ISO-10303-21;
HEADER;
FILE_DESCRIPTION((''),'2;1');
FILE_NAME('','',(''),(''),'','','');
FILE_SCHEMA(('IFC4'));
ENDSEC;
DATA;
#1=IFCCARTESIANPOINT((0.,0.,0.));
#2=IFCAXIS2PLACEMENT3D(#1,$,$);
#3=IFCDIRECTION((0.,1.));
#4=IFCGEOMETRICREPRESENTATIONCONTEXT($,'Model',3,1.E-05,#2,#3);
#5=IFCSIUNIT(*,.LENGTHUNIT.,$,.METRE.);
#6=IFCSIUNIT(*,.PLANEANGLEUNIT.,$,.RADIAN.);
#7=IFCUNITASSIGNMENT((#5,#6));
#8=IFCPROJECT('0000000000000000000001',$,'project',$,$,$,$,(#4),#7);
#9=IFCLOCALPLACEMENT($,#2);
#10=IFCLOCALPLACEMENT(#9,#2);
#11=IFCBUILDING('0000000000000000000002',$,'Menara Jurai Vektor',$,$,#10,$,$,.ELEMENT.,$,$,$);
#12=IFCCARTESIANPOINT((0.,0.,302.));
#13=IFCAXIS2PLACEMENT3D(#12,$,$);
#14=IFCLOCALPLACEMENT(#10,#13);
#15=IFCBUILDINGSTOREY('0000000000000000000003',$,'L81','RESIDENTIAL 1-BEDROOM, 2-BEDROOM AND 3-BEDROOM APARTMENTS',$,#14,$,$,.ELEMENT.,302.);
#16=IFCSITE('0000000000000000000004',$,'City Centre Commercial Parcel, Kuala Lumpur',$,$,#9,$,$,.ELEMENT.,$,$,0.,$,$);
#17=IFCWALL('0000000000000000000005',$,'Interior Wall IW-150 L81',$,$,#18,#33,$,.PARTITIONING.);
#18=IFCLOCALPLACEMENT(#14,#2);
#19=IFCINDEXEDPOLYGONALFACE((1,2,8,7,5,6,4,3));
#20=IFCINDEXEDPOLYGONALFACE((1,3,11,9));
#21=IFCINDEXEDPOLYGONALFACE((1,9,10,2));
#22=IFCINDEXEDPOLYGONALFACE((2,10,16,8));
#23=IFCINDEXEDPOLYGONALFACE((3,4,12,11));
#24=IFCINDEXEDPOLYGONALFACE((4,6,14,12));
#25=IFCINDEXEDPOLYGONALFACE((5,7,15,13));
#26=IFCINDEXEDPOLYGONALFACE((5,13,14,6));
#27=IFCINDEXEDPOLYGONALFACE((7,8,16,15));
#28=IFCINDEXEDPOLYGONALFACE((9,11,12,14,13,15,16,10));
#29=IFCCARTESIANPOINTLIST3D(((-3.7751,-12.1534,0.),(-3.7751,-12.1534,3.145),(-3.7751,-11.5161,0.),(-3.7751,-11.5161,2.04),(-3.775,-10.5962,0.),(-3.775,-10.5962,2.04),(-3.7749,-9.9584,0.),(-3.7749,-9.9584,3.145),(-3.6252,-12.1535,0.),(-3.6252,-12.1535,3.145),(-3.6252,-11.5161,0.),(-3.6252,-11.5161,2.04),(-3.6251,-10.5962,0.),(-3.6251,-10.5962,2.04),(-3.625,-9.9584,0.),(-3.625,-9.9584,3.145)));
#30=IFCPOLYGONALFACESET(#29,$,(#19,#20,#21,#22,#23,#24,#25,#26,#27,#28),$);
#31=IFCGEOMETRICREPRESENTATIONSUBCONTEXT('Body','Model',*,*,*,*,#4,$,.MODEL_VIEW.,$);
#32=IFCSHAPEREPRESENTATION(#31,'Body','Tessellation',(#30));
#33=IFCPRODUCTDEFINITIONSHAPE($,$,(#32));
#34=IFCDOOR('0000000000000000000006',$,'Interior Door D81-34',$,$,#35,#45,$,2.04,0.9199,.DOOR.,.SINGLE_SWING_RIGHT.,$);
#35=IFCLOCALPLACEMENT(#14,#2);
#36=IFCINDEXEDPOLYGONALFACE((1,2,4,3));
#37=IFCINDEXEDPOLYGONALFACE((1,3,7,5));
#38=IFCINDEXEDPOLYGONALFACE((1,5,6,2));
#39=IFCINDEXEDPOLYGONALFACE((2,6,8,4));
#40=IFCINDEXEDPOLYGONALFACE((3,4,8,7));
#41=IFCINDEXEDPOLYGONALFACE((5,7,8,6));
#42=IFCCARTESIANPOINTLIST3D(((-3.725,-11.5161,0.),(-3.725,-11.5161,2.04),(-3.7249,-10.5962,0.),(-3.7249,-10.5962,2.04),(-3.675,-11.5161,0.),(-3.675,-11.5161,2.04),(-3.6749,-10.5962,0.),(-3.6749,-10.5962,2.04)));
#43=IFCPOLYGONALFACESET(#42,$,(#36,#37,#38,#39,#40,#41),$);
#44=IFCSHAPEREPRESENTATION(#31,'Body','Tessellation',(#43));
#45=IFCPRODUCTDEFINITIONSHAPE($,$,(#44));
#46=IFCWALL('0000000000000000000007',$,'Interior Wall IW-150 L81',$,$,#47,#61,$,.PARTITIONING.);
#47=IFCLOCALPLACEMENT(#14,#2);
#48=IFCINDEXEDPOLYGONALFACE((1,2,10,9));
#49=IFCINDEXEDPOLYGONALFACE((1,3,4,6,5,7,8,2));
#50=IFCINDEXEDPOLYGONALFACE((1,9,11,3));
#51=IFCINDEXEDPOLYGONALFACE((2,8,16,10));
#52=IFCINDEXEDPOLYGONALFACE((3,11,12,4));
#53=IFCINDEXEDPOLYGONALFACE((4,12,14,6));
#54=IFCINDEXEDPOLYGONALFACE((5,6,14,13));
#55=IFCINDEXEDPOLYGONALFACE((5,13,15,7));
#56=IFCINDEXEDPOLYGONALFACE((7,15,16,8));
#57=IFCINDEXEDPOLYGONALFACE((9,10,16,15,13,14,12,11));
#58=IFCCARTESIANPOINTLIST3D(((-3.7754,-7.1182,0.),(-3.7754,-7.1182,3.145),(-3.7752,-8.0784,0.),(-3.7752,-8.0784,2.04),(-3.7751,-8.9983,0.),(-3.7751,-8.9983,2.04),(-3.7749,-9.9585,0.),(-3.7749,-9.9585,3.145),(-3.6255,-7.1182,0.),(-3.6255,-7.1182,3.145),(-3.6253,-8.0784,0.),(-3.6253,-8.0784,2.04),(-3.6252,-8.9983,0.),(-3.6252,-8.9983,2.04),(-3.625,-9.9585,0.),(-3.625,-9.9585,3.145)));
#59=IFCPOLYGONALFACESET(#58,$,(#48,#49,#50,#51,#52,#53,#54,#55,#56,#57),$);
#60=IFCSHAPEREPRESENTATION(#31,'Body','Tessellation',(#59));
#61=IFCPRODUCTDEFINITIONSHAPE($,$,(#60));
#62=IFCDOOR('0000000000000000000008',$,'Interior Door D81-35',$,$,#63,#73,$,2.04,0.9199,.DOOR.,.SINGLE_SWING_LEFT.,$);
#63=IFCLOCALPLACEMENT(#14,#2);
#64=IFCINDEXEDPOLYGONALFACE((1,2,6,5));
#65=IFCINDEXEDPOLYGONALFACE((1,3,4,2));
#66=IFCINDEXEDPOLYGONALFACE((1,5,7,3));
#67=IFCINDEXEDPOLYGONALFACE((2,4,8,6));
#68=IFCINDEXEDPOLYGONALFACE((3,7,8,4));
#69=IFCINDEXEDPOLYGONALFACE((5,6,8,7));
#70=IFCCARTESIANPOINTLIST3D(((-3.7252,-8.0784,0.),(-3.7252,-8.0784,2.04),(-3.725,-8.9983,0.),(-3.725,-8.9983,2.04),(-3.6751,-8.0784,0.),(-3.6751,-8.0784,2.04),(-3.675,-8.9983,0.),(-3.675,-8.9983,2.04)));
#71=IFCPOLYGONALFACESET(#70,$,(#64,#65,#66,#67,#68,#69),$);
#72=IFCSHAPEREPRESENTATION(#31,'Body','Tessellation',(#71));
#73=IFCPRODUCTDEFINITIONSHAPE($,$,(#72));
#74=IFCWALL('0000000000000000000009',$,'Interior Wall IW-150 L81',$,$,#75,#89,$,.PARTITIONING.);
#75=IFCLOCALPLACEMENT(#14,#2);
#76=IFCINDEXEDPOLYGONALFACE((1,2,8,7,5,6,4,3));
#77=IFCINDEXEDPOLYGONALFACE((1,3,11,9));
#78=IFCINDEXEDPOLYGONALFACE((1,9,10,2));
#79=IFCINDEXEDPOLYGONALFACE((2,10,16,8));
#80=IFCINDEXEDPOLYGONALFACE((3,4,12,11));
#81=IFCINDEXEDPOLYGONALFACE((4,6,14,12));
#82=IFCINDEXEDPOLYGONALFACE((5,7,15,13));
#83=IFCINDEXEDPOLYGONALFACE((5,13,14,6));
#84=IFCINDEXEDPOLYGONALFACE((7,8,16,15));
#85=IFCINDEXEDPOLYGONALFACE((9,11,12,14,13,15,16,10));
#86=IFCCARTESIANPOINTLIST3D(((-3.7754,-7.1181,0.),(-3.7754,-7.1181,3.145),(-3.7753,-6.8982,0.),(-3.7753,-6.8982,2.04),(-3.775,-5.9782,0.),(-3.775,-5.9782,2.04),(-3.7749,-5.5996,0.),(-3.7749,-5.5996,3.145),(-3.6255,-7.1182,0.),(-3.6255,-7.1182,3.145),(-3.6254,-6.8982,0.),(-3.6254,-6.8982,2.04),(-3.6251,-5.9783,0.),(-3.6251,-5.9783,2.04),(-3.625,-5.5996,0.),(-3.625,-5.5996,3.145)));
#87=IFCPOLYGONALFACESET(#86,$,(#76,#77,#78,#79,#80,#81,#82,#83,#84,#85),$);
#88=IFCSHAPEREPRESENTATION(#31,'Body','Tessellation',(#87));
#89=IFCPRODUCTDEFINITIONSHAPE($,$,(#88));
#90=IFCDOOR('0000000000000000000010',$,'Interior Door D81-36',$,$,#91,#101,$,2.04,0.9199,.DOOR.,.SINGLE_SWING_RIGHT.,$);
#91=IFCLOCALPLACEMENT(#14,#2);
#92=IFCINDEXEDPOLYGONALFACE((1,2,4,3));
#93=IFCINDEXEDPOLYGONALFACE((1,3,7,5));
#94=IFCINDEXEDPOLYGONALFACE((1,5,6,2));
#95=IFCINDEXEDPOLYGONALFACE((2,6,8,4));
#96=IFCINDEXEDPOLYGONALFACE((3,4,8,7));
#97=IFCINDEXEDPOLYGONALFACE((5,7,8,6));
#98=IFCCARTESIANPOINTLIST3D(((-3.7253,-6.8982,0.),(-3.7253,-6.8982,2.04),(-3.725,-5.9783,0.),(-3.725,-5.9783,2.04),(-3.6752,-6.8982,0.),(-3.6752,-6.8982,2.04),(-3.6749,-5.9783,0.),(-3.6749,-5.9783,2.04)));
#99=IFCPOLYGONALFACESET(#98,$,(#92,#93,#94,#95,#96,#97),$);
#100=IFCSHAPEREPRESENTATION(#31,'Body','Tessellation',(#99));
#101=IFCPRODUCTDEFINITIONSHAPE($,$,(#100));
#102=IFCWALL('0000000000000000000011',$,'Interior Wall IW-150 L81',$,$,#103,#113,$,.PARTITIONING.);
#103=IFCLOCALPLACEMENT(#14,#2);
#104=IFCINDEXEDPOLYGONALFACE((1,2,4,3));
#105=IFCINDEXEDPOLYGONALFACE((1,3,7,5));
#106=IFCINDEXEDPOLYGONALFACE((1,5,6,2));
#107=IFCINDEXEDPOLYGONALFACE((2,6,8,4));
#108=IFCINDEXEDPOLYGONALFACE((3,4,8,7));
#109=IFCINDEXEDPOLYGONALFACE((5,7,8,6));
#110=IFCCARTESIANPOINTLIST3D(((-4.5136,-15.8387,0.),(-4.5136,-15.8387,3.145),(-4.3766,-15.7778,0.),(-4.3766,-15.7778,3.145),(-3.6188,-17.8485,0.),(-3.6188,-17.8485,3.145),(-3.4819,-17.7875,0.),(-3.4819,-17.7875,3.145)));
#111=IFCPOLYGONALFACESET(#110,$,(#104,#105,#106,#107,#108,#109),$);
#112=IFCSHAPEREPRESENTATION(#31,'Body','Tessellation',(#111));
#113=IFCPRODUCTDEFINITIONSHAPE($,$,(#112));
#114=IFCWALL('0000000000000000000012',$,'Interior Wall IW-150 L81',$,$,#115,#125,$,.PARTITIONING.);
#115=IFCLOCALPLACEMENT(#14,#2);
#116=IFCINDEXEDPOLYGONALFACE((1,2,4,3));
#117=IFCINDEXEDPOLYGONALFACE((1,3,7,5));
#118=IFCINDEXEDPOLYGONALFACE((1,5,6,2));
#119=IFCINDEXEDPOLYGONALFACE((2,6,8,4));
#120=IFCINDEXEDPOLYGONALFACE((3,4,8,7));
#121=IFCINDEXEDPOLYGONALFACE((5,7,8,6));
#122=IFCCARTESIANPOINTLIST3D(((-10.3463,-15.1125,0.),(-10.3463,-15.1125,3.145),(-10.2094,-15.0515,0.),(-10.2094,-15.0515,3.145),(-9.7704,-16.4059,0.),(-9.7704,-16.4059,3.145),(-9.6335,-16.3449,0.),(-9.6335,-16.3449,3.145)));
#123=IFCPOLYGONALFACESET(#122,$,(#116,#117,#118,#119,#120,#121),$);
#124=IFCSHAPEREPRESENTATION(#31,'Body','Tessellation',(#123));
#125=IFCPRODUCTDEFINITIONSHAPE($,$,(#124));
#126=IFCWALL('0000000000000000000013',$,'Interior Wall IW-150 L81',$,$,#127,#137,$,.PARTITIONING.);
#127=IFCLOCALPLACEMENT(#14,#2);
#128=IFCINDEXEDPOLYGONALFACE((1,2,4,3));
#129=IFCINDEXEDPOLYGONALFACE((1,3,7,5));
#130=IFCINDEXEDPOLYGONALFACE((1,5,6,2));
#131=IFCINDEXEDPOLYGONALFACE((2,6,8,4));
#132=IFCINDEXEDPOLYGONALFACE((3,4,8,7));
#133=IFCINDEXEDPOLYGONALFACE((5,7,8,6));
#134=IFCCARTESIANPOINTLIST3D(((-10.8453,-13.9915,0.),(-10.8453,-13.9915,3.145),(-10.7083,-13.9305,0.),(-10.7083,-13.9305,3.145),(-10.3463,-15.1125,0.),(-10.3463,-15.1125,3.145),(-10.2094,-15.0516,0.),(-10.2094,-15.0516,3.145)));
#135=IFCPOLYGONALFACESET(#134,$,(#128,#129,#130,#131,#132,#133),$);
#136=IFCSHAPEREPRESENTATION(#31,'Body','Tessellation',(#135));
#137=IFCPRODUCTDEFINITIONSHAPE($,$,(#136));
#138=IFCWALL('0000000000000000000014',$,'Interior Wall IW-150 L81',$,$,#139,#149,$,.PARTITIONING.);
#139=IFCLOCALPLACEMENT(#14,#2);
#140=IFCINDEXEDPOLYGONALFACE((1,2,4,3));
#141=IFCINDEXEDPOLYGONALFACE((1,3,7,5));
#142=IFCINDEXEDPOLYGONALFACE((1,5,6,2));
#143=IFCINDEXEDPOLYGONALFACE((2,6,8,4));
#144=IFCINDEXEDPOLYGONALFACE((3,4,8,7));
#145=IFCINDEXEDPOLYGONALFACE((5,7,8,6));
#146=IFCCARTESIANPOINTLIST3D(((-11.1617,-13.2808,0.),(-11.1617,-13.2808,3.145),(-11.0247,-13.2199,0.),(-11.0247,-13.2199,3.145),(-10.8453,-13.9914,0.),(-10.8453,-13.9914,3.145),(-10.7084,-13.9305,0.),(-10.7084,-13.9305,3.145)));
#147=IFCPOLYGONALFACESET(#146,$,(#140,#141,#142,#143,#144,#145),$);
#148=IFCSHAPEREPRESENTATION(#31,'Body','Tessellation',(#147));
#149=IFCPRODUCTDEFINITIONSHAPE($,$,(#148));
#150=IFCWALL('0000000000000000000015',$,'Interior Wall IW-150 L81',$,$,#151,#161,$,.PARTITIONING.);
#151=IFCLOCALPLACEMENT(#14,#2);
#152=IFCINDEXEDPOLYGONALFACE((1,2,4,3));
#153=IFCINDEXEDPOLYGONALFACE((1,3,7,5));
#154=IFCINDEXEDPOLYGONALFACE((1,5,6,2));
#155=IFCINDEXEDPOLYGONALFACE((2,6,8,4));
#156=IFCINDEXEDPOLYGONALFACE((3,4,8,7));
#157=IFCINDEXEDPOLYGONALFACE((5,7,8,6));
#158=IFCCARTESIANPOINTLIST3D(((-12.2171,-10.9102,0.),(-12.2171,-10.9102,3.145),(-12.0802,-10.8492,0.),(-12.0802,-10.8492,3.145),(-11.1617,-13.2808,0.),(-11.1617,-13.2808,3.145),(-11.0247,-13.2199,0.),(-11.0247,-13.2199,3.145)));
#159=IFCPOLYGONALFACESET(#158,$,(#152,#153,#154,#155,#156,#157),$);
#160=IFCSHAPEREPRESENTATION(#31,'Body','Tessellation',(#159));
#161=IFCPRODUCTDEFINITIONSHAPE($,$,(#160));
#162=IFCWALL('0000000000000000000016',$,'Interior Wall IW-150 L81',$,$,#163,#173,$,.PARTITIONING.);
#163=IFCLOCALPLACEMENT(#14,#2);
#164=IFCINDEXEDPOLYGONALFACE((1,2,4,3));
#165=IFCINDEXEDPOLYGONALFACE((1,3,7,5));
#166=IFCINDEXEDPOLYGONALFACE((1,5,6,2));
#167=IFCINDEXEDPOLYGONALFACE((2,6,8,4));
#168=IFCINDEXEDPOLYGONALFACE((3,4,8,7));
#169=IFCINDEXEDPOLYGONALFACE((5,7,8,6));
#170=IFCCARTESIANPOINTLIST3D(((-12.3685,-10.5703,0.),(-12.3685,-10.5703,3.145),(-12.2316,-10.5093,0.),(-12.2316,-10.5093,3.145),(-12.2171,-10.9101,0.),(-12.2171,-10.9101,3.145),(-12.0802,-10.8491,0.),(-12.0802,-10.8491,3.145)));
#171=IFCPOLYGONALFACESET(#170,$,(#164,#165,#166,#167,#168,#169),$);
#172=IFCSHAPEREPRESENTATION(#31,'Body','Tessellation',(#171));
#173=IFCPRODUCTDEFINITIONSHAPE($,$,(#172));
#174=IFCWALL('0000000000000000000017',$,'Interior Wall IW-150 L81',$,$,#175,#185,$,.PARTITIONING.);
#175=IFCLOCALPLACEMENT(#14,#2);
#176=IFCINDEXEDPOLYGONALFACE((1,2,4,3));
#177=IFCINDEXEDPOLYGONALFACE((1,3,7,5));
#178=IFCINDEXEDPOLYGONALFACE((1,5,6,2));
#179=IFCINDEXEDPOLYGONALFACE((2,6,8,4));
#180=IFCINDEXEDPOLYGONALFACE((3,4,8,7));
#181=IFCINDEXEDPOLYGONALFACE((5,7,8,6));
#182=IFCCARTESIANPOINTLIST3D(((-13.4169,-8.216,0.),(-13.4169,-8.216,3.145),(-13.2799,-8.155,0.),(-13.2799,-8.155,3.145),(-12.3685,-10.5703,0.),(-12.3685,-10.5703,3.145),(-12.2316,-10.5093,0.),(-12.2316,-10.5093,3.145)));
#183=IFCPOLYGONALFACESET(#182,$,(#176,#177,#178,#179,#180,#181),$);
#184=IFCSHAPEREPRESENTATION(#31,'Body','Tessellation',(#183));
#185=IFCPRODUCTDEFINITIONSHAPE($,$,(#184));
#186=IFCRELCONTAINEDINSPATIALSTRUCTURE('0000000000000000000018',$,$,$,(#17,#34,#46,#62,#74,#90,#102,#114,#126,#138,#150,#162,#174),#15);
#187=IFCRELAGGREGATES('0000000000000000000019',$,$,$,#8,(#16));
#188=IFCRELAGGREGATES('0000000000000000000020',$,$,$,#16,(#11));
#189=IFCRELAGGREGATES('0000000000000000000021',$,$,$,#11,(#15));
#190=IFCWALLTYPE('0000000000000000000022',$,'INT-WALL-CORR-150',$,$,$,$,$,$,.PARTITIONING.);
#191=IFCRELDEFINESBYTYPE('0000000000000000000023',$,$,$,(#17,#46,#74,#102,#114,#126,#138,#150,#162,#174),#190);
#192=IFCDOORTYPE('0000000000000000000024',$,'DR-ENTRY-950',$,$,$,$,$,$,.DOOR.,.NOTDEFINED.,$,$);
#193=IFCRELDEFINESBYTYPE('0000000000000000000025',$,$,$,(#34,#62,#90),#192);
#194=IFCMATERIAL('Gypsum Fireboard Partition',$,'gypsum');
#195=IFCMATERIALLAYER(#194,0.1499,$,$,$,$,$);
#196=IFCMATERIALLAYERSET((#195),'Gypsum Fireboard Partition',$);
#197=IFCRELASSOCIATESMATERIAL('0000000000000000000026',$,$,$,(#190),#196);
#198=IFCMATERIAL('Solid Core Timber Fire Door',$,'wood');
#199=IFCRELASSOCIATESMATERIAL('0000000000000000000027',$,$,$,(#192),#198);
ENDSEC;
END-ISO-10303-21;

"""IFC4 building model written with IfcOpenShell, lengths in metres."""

from ifc_helpers import new_model, si_unit, direction, frame, frame_2d, origin, place, context, subcontext, project, spatial, rectangle, extrude, material, layer, layer_set, type_object, element, fill, save


model = new_model("IFC4")

# Units and contexts
model_context = context("Model", 3, precision=1e-05, world=origin(), true_north=direction((0.0, 1.0)))
body_context = subcontext(model_context, "Body", "Model", "MODEL_VIEW")
ifc_project = project(units=[si_unit("LENGTHUNIT", "METRE"), si_unit("PLANEANGLEUNIT", "RADIAN")], contexts=[model_context])

# Site, building, storey
site_placement = place(None, origin())
site = spatial("IfcSite", under=ifc_project, at=site_placement, Name="City Centre Commercial Parcel, Kuala Lumpur", CompositionType="ELEMENT", RefElevation=0.0)
building_placement = place(site_placement, origin())
building = spatial("IfcBuilding", under=site, at=building_placement, Name="Menara Jurai Vektor", CompositionType="ELEMENT")
storey_placement = place(building_placement, frame((0.0, 0.0, 302.0)))
storey = spatial("IfcBuildingStorey", under=building, at=storey_placement, Name="L81", Description="RESIDENTIAL 1-BEDROOM, 2-BEDROOM AND 3-BEDROOM APARTMENTS", CompositionType="ELEMENT", Elevation=302.0)

# Shared definitions
ifc_material_1 = material(Name="Gypsum Fireboard Partition", Category="gypsum")
ifc_layer_1 = layer(ifc_material_1, 0.1499)
ifc_layer_set_1 = layer_set([ifc_layer_1], Name="Gypsum Fireboard Partition")
wall_type_1 = type_object("IfcWallType", Name="INT-WALL-CORR-150", PredefinedType="PARTITIONING", material=ifc_layer_set_1)

# Walls, openings, doors
ifc_material_2 = material(Name="Solid Core Timber Fire Door", Category="wood")
door_type = type_object("IfcDoorType", Name="DR-ENTRY-950", OperationType="NOTDEFINED", PredefinedType="DOOR", material=ifc_material_2)
wall_1_placement = place(storey_placement, frame((-3.7002, -12.1536, 0.0), z_axis=(0.0, 0.0, 1.0), x_axis=(0.000111, 1.0, 0.0)))
wall_1 = element("IfcWall", 1, at=wall_1_placement, inside=storey, type_object=wall_type_1, Name="Interior Wall IW-150 L81", PredefinedType="PARTITIONING", context=body_context, shape_type="SweptSolid", body=[
    extrude(rectangle(XDim=2.1951, YDim=0.1499, at=frame_2d((1.0977, 0.0))), origin(), (0.0, 0.0, 1.0), 3.145),
])
opening_1_placement = place(wall_1_placement, frame((0.6375, 0.0, 0.0)))
opening_1 = element("IfcOpeningElement", 2, at=opening_1_placement, cuts=wall_1, PredefinedType="OPENING", context=body_context, shape_type="SweptSolid", body=[
    extrude(rectangle(XDim=0.9199, YDim=2.04, at=frame_2d((0.46, 1.02))), frame((0.0, 0.085, 0.0), z_axis=(0.0, -1.0, 0.0), x_axis=(1.0, 0.0, 0.0)), (0.0, 0.0, 1.0), 0.1699),
])
door_1_placement = place(opening_1_placement, origin())
door_1 = element("IfcDoor", 3, at=door_1_placement, inside=storey, type_object=door_type, Name="Interior Door D81-34", OperationType="SINGLE_SWING_RIGHT", OverallHeight=2.04, OverallWidth=0.9199, PredefinedType="DOOR", context=body_context, shape_type="SweptSolid", body=[
    extrude(rectangle(XDim=0.9199, YDim=2.04, at=frame_2d((0.46, 1.02))), frame((0.0, 0.0249, 0.0), z_axis=(0.0, -1.0, 0.0), x_axis=(1.0, 0.0, 0.0)), (0.0, 0.0, 1.0), 0.05),
])
fill(opening_1, door_1)
wall_2_placement = place(storey_placement, frame((-3.7, -9.9585, 0.0), z_axis=(0.0, 0.0, 1.0), x_axis=(-0.000172, 1.0, 0.0)))
wall_2 = element("IfcWall", 4, at=wall_2_placement, inside=storey, type_object=wall_type_1, Name="Interior Wall IW-150 L81", PredefinedType="PARTITIONING", context=body_context, shape_type="SweptSolid", body=[
    extrude(rectangle(XDim=2.8403, YDim=0.1499, at=frame_2d((1.4202, 0.0))), origin(), (0.0, 0.0, 1.0), 3.145),
])
opening_2_placement = place(wall_2_placement, frame((0.9602, 0.0, 0.0)))
opening_2 = element("IfcOpeningElement", 5, at=opening_2_placement, cuts=wall_2, PredefinedType="OPENING", context=body_context, shape_type="SweptSolid", body=[
    extrude(rectangle(XDim=0.9199, YDim=2.04, at=frame_2d((0.46, 1.02))), frame((0.0, 0.085, 0.0), z_axis=(0.0, -1.0, 0.0), x_axis=(1.0, 0.0, 0.0)), (0.0, 0.0, 1.0), 0.1699),
])
door_2_placement = place(opening_2_placement, origin())
door_2 = element("IfcDoor", 6, at=door_2_placement, inside=storey, type_object=door_type, Name="Interior Door D81-35", OperationType="SINGLE_SWING_LEFT", OverallHeight=2.04, OverallWidth=0.9199, PredefinedType="DOOR", context=body_context, shape_type="SweptSolid", body=[
    extrude(rectangle(XDim=0.9199, YDim=2.04, at=frame_2d((0.46, 1.02))), frame((0.0, 0.0249, 0.0), z_axis=(0.0, -1.0, 0.0), x_axis=(1.0, 0.0, 0.0)), (0.0, 0.0, 1.0), 0.05),
])
fill(opening_2, door_2)
wall_3_placement = place(storey_placement, frame((-3.7004, -7.1182, 0.0), z_axis=(0.0, 0.0, 1.0), x_axis=(0.000322, 1.0, 0.0)))
wall_3 = element("IfcWall", 7, at=wall_3_placement, inside=storey, type_object=wall_type_1, Name="Interior Wall IW-150 L81", PredefinedType="PARTITIONING", context=body_context, shape_type="SweptSolid", body=[
    extrude(rectangle(XDim=1.5186, YDim=0.1499, at=frame_2d((0.7593, 0.0))), origin(), (0.0, 0.0, 1.0), 3.145),
])
opening_3_placement = place(wall_3_placement, frame((0.22, 0.0, 0.0)))
opening_3 = element("IfcOpeningElement", 8, at=opening_3_placement, cuts=wall_3, PredefinedType="OPENING", context=body_context, shape_type="SweptSolid", body=[
    extrude(rectangle(XDim=0.9199, YDim=2.04, at=frame_2d((0.46, 1.02))), frame((0.0, 0.085, 0.0), z_axis=(0.0, -1.0, 0.0), x_axis=(1.0, 0.0, 0.0)), (0.0, 0.0, 1.0), 0.1699),
])
door_3_placement = place(opening_3_placement, origin())
door_3 = element("IfcDoor", 9, at=door_3_placement, inside=storey, type_object=door_type, Name="Interior Door D81-36", OperationType="SINGLE_SWING_RIGHT", OverallHeight=2.04, OverallWidth=0.9199, PredefinedType="DOOR", context=body_context, shape_type="SweptSolid", body=[
    extrude(rectangle(XDim=0.9199, YDim=2.04, at=frame_2d((0.46, 1.02))), frame((0.0, 0.0249, 0.0), z_axis=(0.0, -1.0, 0.0), x_axis=(1.0, 0.0, 0.0)), (0.0, 0.0, 1.0), 0.05),
])
fill(opening_3, door_3)

# Walls
wall_4_placement = place(storey_placement, frame((-3.5503, -17.8181, 0.0), z_axis=(0.0, 0.0, 1.0), x_axis=(-0.406725, 0.913551, 0.0)))
element("IfcWall", 10, at=wall_4_placement, inside=storey, type_object=wall_type_1, Name="Interior Wall IW-150 L81", PredefinedType="PARTITIONING", context=body_context, shape_type="SweptSolid", body=[
    extrude(rectangle(XDim=2.2, YDim=0.1499, at=frame_2d((1.1001, 0.0))), origin(), (0.0, 0.0, 1.0), 3.145),
])
wall_5_placement = place(storey_placement, frame((-9.7019, -16.3755, 0.0), z_axis=(0.0, 0.0, 1.0), x_axis=(-0.406762, 0.913534, 0.0)))
element("IfcWall", 11, at=wall_5_placement, inside=storey, type_object=wall_type_1, Name="Interior Wall IW-150 L81", PredefinedType="PARTITIONING", context=body_context, shape_type="SweptSolid", body=[
    extrude(rectangle(XDim=1.4158, YDim=0.1499, at=frame_2d((0.708, 0.0))), origin(), (0.0, 0.0, 1.0), 3.145),
])
wall_6_placement = place(storey_placement, frame((-10.2778, -15.082, 0.0), z_axis=(0.0, 0.0, 1.0), x_axis=(-0.406655, 0.913582, 0.0)))
element("IfcWall", 12, at=wall_6_placement, inside=storey, type_object=wall_type_1, Name="Interior Wall IW-150 L81", PredefinedType="PARTITIONING", context=body_context, shape_type="SweptSolid", body=[
    extrude(rectangle(XDim=1.2271, YDim=0.1499, at=frame_2d((0.6135, 0.0))), origin(), (0.0, 0.0, 1.0), 3.145),
])
wall_7_placement = place(storey_placement, frame((-10.7769, -13.9609, 0.0), z_axis=(0.0, 0.0, 1.0), x_axis=(-0.406721, 0.913553, 0.0)))
element("IfcWall", 13, at=wall_7_placement, inside=storey, type_object=wall_type_1, Name="Interior Wall IW-150 L81", PredefinedType="PARTITIONING", context=body_context, shape_type="SweptSolid", body=[
    extrude(rectangle(XDim=0.7778, YDim=0.1499, at=frame_2d((0.3889, 0.0))), origin(), (0.0, 0.0, 1.0), 3.145),
])
wall_8_placement = place(storey_placement, frame((-11.0933, -13.2502, 0.0), z_axis=(0.0, 0.0, 1.0), x_axis=(-0.406723, 0.913551, 0.0)))
element("IfcWall", 14, at=wall_8_placement, inside=storey, type_object=wall_type_1, Name="Interior Wall IW-150 L81", PredefinedType="PARTITIONING", context=body_context, shape_type="SweptSolid", body=[
    extrude(rectangle(XDim=2.595, YDim=0.1499, at=frame_2d((1.2974, 0.0))), origin(), (0.0, 0.0, 1.0), 3.145),
])
wall_9_placement = place(storey_placement, frame((-12.1487, -10.8796, 0.0), z_axis=(0.0, 0.0, 1.0), x_axis=(-0.406869, 0.913487, 0.0)))
element("IfcWall", 15, at=wall_9_placement, inside=storey, type_object=wall_type_1, Name="Interior Wall IW-150 L81", PredefinedType="PARTITIONING", context=body_context, shape_type="SweptSolid", body=[
    extrude(rectangle(XDim=0.3721, YDim=0.1499, at=frame_2d((0.186, 0.0))), origin(), (0.0, 0.0, 1.0), 3.145),
])
wall_10_placement = place(storey_placement, frame((-12.3, -10.5398, 0.0), z_axis=(0.0, 0.0, 1.0), x_axis=(-0.406789, 0.913522, 0.0)))
element("IfcWall", 16, at=wall_10_placement, inside=storey, type_object=wall_type_1, Name="Interior Wall IW-150 L81", PredefinedType="PARTITIONING", context=body_context, shape_type="SweptSolid", body=[
    extrude(rectangle(XDim=2.5771, YDim=0.1499, at=frame_2d((1.2886, 0.0))), origin(), (0.0, 0.0, 1.0), 3.145),
])

save(model, "model.ifc")
